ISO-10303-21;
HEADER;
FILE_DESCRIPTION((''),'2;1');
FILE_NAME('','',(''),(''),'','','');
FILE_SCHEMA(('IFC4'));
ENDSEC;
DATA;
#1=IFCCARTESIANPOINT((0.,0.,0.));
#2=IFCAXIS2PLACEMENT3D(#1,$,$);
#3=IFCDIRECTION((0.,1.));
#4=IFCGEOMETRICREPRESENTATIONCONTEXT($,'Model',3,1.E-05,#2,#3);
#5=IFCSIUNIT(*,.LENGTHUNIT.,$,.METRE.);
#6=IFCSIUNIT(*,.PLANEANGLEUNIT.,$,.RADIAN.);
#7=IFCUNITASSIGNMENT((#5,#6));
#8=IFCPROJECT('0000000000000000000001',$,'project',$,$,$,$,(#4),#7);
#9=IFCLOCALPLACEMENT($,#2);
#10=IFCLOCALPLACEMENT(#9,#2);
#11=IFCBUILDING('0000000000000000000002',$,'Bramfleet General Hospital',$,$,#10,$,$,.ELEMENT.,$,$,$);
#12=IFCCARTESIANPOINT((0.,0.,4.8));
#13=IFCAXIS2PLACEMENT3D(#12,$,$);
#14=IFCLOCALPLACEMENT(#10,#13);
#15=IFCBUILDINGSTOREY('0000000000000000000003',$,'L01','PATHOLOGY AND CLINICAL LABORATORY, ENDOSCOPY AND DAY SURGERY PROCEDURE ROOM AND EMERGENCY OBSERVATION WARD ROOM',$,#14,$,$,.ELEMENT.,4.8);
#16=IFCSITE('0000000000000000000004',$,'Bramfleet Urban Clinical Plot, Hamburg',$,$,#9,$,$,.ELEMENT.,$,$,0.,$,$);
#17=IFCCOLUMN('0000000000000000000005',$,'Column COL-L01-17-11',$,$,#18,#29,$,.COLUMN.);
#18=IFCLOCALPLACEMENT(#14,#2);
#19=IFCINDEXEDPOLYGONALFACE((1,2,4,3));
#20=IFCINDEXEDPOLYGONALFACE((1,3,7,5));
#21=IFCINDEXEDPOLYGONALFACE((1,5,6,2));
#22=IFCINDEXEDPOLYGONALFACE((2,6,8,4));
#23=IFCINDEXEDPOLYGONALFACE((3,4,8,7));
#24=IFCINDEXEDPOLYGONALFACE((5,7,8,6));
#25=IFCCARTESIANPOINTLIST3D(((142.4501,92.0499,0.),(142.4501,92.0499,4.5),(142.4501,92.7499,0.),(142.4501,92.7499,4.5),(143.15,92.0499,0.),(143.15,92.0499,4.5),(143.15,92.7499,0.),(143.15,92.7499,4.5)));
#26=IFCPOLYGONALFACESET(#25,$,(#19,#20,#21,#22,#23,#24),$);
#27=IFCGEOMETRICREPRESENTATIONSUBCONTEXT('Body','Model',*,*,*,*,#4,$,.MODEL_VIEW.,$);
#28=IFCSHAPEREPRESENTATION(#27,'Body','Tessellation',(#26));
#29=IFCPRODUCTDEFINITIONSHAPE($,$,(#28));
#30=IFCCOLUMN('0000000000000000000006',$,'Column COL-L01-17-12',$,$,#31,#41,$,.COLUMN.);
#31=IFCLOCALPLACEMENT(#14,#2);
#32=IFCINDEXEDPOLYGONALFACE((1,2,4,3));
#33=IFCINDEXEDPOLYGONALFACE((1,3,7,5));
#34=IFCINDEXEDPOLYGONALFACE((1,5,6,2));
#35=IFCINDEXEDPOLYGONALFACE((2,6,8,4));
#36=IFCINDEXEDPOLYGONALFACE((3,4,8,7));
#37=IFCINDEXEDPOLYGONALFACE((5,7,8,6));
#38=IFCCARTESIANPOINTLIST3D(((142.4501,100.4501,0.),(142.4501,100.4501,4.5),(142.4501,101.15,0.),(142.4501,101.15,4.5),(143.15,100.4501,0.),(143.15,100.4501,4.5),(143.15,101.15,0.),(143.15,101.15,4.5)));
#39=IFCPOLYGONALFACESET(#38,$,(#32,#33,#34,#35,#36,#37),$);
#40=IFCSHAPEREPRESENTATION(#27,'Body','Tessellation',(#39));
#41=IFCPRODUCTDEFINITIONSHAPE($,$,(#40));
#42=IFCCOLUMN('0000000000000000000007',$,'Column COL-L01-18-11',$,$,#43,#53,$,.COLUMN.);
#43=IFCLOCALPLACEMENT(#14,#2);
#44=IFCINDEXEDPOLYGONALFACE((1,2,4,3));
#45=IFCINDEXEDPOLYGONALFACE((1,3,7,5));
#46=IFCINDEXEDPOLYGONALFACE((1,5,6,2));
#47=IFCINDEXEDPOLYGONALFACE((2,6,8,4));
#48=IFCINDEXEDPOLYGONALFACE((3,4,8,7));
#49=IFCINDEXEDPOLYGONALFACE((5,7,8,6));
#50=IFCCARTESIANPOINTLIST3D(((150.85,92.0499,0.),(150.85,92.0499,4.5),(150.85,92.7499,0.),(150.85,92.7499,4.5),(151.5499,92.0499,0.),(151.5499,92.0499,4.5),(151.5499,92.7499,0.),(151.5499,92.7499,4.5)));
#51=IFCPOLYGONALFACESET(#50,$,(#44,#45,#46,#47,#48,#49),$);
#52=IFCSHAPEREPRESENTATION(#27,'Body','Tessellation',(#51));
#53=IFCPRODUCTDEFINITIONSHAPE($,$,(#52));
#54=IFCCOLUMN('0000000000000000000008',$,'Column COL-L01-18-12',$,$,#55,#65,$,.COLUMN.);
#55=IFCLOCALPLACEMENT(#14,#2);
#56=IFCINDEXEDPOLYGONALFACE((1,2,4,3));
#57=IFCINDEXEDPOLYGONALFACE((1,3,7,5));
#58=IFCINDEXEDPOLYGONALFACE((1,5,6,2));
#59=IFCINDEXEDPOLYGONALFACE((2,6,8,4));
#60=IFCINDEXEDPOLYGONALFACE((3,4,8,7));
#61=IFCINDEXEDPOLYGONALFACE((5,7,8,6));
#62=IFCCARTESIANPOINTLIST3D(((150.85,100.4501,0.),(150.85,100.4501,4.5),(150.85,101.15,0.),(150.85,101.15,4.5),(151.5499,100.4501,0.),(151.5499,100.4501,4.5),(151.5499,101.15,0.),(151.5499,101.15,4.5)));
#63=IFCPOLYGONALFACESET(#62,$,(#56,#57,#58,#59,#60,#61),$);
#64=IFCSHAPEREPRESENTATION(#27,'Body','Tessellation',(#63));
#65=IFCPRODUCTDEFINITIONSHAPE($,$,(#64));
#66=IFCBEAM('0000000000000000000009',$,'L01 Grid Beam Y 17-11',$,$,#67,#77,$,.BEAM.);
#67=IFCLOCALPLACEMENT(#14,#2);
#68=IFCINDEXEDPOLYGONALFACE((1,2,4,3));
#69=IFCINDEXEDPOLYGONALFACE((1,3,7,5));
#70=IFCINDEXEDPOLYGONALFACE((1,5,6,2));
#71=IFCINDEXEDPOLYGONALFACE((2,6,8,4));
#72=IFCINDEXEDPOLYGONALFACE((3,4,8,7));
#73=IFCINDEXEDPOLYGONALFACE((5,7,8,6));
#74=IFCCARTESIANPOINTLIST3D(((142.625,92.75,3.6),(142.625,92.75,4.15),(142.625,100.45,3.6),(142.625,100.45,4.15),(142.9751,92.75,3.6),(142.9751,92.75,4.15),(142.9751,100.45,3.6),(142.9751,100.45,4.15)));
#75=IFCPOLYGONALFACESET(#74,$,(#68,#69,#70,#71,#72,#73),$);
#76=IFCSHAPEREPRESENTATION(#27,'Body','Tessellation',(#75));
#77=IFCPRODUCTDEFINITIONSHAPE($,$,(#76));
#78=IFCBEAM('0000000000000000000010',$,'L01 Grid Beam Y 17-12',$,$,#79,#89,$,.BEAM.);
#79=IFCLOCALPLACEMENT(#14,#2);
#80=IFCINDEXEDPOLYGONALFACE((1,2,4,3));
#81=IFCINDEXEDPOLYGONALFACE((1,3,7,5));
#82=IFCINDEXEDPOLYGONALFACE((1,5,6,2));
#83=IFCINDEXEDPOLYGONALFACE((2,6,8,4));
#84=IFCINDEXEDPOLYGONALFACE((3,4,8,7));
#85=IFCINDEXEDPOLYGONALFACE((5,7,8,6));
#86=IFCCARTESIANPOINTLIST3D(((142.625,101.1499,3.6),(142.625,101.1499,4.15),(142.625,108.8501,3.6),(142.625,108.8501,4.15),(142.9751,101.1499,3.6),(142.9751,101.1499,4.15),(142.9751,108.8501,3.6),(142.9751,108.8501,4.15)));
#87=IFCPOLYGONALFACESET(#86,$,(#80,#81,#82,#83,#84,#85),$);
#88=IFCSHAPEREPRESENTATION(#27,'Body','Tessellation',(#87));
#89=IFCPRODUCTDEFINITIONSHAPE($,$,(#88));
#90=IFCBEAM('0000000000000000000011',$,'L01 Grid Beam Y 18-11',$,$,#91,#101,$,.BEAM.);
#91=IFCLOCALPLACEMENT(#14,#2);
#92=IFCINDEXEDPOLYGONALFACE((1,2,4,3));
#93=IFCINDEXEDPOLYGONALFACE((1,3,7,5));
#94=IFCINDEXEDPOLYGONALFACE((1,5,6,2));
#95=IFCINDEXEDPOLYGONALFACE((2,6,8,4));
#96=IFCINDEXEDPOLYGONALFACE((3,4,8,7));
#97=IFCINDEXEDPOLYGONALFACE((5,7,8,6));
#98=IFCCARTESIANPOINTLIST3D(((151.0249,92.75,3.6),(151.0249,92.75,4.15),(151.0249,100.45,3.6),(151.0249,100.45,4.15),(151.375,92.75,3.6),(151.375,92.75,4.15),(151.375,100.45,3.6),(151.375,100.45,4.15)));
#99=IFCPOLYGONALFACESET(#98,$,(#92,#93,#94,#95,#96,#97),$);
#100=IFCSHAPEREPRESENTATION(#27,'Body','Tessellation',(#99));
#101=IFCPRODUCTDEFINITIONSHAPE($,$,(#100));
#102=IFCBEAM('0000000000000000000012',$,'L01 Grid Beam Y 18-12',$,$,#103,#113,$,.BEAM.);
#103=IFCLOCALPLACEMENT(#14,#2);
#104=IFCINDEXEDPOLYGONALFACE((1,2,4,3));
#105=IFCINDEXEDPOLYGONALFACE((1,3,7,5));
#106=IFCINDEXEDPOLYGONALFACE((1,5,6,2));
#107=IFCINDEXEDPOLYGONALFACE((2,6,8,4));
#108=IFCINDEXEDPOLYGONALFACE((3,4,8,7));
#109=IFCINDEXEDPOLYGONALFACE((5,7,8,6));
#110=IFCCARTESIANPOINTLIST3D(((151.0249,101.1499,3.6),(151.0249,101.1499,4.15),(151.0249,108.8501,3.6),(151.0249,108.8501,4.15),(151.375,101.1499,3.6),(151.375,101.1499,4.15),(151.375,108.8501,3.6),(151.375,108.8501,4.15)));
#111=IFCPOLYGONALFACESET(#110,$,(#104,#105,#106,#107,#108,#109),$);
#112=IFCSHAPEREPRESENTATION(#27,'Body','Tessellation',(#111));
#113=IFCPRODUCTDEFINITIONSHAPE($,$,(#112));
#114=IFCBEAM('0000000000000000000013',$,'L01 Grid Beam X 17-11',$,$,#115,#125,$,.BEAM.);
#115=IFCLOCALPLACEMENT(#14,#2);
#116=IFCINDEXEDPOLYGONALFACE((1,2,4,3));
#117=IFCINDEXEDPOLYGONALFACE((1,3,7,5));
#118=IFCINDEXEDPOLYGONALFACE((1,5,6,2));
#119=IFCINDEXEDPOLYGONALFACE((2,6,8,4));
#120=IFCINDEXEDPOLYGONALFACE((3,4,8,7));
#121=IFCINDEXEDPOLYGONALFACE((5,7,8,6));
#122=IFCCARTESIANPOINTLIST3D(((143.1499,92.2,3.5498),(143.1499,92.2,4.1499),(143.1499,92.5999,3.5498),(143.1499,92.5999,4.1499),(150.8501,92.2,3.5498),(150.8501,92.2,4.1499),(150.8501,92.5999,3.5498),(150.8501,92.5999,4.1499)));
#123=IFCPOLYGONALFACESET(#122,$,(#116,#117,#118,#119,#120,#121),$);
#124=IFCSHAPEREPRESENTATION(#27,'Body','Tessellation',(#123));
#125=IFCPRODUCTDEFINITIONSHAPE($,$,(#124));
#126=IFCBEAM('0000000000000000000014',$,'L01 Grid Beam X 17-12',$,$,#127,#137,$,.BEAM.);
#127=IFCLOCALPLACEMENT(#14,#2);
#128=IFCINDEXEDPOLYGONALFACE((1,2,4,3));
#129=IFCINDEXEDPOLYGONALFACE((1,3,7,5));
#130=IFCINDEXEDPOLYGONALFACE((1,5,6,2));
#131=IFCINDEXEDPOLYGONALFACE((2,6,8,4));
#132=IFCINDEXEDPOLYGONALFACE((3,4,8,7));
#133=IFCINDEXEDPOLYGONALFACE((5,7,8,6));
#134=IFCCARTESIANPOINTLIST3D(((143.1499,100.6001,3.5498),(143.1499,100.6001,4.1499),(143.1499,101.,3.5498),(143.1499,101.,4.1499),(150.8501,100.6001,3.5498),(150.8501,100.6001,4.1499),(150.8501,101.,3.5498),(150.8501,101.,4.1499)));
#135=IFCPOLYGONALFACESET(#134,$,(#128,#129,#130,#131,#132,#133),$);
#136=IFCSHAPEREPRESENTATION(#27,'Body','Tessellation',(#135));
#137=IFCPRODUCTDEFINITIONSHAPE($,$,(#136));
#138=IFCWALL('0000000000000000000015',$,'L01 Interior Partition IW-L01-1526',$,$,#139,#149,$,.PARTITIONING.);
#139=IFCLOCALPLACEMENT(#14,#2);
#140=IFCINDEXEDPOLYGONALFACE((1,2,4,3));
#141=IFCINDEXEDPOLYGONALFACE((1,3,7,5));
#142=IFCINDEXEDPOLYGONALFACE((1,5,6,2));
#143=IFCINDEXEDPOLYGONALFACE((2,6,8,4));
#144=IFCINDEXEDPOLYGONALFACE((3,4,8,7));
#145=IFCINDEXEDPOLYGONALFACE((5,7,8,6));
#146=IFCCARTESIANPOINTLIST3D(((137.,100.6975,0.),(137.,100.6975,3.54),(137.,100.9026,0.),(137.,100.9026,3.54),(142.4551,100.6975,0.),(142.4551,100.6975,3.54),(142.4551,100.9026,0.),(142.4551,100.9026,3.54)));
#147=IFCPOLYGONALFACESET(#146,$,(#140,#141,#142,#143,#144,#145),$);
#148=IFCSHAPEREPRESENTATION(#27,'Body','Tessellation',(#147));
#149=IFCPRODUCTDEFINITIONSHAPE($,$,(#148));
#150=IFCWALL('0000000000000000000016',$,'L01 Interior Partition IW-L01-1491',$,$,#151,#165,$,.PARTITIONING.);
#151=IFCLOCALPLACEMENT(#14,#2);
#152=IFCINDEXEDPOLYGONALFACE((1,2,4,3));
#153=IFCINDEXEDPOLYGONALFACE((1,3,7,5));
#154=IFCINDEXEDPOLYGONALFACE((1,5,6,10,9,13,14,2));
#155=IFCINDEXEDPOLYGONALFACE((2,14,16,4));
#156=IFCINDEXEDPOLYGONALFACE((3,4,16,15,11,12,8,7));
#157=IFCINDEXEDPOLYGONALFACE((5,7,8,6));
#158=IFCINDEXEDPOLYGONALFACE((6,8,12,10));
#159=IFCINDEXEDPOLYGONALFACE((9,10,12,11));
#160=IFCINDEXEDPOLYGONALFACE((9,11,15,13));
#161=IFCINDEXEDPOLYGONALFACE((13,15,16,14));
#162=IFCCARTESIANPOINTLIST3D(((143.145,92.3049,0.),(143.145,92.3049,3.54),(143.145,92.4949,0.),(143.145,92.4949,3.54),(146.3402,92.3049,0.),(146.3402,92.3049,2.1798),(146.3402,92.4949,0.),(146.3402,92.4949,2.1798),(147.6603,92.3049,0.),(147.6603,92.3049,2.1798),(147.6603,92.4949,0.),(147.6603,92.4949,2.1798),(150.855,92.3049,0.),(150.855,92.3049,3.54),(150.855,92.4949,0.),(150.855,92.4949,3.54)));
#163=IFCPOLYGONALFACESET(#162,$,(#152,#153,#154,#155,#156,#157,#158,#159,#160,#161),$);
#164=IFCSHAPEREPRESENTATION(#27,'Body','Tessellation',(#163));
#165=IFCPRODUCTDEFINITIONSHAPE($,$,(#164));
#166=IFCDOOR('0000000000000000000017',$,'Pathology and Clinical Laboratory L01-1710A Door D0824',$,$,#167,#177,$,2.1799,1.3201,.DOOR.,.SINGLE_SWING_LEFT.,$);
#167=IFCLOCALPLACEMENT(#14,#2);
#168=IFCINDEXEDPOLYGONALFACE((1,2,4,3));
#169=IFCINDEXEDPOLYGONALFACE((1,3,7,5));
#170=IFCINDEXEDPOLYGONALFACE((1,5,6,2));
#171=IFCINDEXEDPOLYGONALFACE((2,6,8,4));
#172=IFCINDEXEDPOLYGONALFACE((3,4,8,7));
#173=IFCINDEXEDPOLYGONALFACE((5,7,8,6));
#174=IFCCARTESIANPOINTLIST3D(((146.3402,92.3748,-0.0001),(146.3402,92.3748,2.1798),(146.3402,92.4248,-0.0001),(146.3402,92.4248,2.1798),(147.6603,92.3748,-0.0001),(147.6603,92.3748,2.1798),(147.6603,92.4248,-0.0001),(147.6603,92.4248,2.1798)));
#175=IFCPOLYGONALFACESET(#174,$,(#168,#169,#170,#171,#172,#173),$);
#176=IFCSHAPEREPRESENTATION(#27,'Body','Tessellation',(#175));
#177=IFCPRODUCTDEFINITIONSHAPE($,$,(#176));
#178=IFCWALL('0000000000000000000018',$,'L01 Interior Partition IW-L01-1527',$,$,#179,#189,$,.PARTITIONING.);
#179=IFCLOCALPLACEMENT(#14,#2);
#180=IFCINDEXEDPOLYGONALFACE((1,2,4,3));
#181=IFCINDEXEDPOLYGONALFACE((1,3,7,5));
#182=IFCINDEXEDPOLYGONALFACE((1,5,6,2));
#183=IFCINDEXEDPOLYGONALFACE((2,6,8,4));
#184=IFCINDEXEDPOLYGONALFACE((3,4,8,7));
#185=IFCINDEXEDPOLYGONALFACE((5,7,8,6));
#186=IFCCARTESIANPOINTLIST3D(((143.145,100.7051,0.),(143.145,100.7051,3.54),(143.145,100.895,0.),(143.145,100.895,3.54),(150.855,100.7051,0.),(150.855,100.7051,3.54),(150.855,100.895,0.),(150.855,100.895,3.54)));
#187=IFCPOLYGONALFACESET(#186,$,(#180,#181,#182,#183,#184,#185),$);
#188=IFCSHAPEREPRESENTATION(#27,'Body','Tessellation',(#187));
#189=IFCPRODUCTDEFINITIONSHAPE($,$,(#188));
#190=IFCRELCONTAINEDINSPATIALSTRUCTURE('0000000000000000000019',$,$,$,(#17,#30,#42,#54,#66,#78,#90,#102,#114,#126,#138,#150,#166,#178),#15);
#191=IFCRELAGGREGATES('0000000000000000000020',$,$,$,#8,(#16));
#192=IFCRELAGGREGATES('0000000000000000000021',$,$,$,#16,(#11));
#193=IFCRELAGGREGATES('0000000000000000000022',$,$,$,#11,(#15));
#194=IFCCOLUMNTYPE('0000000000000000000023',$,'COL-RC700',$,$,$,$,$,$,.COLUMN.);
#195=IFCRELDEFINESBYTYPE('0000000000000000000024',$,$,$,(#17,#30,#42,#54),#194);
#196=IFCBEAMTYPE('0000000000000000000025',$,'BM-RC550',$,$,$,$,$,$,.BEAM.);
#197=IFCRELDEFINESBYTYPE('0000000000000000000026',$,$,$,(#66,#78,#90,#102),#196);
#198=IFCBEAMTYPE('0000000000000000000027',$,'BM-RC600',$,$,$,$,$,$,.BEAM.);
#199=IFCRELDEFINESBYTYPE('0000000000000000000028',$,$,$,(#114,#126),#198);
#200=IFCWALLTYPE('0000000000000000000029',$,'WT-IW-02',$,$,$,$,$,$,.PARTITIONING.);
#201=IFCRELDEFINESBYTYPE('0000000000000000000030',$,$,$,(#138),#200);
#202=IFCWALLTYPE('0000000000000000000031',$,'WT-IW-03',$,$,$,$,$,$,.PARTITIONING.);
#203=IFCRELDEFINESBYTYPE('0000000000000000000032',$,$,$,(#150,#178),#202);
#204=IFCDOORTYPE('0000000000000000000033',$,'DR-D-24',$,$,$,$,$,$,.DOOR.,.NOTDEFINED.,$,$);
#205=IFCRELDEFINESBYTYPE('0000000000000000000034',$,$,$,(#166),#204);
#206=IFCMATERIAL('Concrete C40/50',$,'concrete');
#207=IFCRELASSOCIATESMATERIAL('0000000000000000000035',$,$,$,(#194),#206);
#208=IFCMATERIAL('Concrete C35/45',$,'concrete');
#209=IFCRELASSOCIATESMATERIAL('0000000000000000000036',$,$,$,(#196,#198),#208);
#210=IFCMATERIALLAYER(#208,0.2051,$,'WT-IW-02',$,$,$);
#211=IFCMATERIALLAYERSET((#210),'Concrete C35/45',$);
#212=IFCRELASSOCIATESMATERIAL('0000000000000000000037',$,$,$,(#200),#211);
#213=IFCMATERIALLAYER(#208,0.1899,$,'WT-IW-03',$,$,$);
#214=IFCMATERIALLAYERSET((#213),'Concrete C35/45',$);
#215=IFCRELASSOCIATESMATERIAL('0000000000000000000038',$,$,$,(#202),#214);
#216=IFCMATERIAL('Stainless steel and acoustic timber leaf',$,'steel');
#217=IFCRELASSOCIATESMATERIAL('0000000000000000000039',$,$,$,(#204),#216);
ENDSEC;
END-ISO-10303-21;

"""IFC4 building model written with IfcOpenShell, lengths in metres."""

from ifc_helpers import new_model, si_unit, direction, frame, frame_2d, origin, origin_2d, place, context, subcontext, project, spatial, rectangle, extrude, material, layer, layer_set, material_profile, profile_set, type_object, element, fill, save


model = new_model("IFC4")

# Units and contexts
model_context = context("Model", 3, precision=1e-05, world=origin(), true_north=direction((0.0, 1.0)))
body_context = subcontext(model_context, "Body", "Model", "MODEL_VIEW")
ifc_project = project(units=[si_unit("LENGTHUNIT", "METRE"), si_unit("PLANEANGLEUNIT", "RADIAN")], contexts=[model_context])

# Site, building, storey
site_placement = place(None, origin())
site = spatial("IfcSite", under=ifc_project, at=site_placement, Name="Bramfleet Urban Clinical Plot, Hamburg", CompositionType="ELEMENT", RefElevation=0.0)
building_placement = place(site_placement, origin())
building = spatial("IfcBuilding", under=site, at=building_placement, Name="Bramfleet General Hospital", CompositionType="ELEMENT")
storey_placement = place(building_placement, frame((0.0, 0.0, 4.8)))
storey = spatial("IfcBuildingStorey", under=building, at=storey_placement, Name="L01", Description="PATHOLOGY AND CLINICAL LABORATORY, ENDOSCOPY AND DAY SURGERY PROCEDURE ROOM AND EMERGENCY OBSERVATION WARD ROOM", CompositionType="ELEMENT", Elevation=4.8)

# Columns
ifc_material_1 = material(Name="Concrete C40/50", Category="concrete")
ifc_material_profile_1 = material_profile(ifc_material_1, rectangle(XDim=0.7, YDim=0.7, at=origin_2d()), Name="RC COL 700x700")
ifc_profile_set_1 = profile_set([ifc_material_profile_1], Name="Concrete C40/50")
column_type = type_object("IfcColumnType", Name="COL-RC700", PredefinedType="COLUMN", material=ifc_profile_set_1)
for number, where, z_axis, x_axis, name in (
    (1, (142.8, 92.3999, 0.0), (0.0, 0.0, 1.0), (1.0, 0.0, 0.0), "Column COL-L01-17-11"),
    (2, (142.8, 100.8, 0.0), (0.0, 0.0, 1.0), (1.0, 0.0, 0.0), "Column COL-L01-17-12"),
    (3, (151.2, 92.3999, 0.0), (0.0, 0.0, 1.0), (1.0, 0.0, 0.0), "Column COL-L01-18-11"),
    (4, (151.2, 100.8, 0.0), (0.0, 0.0, 1.0), (1.0, 0.0, 0.0), "Column COL-L01-18-12"),
):
    element("IfcColumn", number, at=place(storey_placement, frame(where, z_axis=z_axis, x_axis=x_axis)), inside=storey, type_object=column_type, Name=name, PredefinedType="COLUMN", context=body_context, shape_type="SweptSolid", body=[
        extrude(rectangle(XDim=0.7, YDim=0.7, at=origin_2d()), origin(), (0.0, 0.0, 1.0), 4.5),
    ])

# Beams
ifc_material_2 = material(Name="Concrete C35/45", Category="concrete")
ifc_material_profile_2 = material_profile(ifc_material_2, rectangle(XDim=0.3501, YDim=0.55, at=origin_2d()), Name="RC BM 550x350")
ifc_profile_set_2 = profile_set([ifc_material_profile_2], Name="Concrete C35/45")
beam_type_1 = type_object("IfcBeamType", Name="BM-RC550", PredefinedType="BEAM", material=ifc_profile_set_2)
beam_1_placement = place(storey_placement, frame((142.8, 92.75, 3.875), z_axis=(0.0, 1.0, 0.0), x_axis=(-1.0, 0.0, 0.0)))
element("IfcBeam", 5, at=beam_1_placement, inside=storey, type_object=beam_type_1, Name="L01 Grid Beam Y 17-11", PredefinedType="BEAM", context=body_context, shape_type="SweptSolid", body=[
    extrude(rectangle(XDim=0.3501, YDim=0.55, at=origin_2d()), origin(), (0.0, 0.0, 1.0), 7.7),
])
beam_2_placement = place(storey_placement, frame((142.8, 101.1499, 3.875), z_axis=(0.0, 1.0, 0.0), x_axis=(-1.0, 0.0, 0.0)))
element("IfcBeam", 6, at=beam_2_placement, inside=storey, type_object=beam_type_1, Name="L01 Grid Beam Y 17-12", PredefinedType="BEAM", context=body_context, shape_type="SweptSolid", body=[
    extrude(rectangle(XDim=0.3501, YDim=0.55, at=origin_2d()), origin(), (0.0, 0.0, 1.0), 7.7002),
])
beam_3_placement = place(storey_placement, frame((151.2, 92.75, 3.875), z_axis=(0.0, 1.0, 0.0), x_axis=(-1.0, 0.0, 0.0)))
element("IfcBeam", 7, at=beam_3_placement, inside=storey, type_object=beam_type_1, Name="L01 Grid Beam Y 18-11", PredefinedType="BEAM", context=body_context, shape_type="SweptSolid", body=[
    extrude(rectangle(XDim=0.3501, YDim=0.55, at=origin_2d()), origin(), (0.0, 0.0, 1.0), 7.7),
])
beam_4_placement = place(storey_placement, frame((151.2, 101.1499, 3.875), z_axis=(0.0, 1.0, 0.0), x_axis=(-1.0, 0.0, 0.0)))
element("IfcBeam", 8, at=beam_4_placement, inside=storey, type_object=beam_type_1, Name="L01 Grid Beam Y 18-12", PredefinedType="BEAM", context=body_context, shape_type="SweptSolid", body=[
    extrude(rectangle(XDim=0.3501, YDim=0.55, at=origin_2d()), origin(), (0.0, 0.0, 1.0), 7.7002),
])
ifc_material_profile_3 = material_profile(ifc_material_2, rectangle(XDim=0.3999, YDim=0.6001, at=origin_2d()), Name="RC BM 600x400")
ifc_profile_set_3 = profile_set([ifc_material_profile_3], Name="Concrete C35/45")
beam_type_2 = type_object("IfcBeamType", Name="BM-RC600", PredefinedType="BEAM", material=ifc_profile_set_3)
for number, where, z_axis, x_axis, name in (
    (9, (143.1499, 92.3999, 3.8499), (1.0, 0.0, 0.0), (0.0, 1.0, 0.0), "L01 Grid Beam X 17-11"),
    (10, (143.1499, 100.8, 3.8499), (1.0, 0.0, 0.0), (0.0, 1.0, 0.0), "L01 Grid Beam X 17-12"),
):
    element("IfcBeam", number, at=place(storey_placement, frame(where, z_axis=z_axis, x_axis=x_axis)), inside=storey, type_object=beam_type_2, Name=name, PredefinedType="BEAM", context=body_context, shape_type="SweptSolid", body=[
        extrude(rectangle(XDim=0.3999, YDim=0.6001, at=origin_2d()), origin(), (0.0, 0.0, 1.0), 7.7002),
    ])

# Wall
ifc_layer_1 = layer(ifc_material_2, 0.2051, Name="WT-IW-02")
ifc_layer_set_1 = layer_set([ifc_layer_1], Name="Concrete C35/45")
wall_type_1 = type_object("IfcWallType", Name="WT-IW-02", PredefinedType="PARTITIONING", material=ifc_layer_set_1)
wall_1_placement = place(storey_placement, frame((137.0, 100.8, 0.0), z_axis=(0.0, 0.0, 1.0), x_axis=(1.0, 0.0, 0.0)))
element("IfcWall", 11, at=wall_1_placement, inside=storey, type_object=wall_type_1, Name="L01 Interior Partition IW-L01-1526", PredefinedType="PARTITIONING", context=body_context, shape_type="SweptSolid", body=[
    extrude(rectangle(XDim=5.4551, YDim=0.2051, at=frame_2d((2.7275, 0.0))), origin(), (0.0, 0.0, 1.0), 3.54),
])

# Wall, opening, door
ifc_layer_2 = layer(ifc_material_2, 0.1899, Name="WT-IW-03")
ifc_layer_set_2 = layer_set([ifc_layer_2], Name="Concrete C35/45")
wall_type_2 = type_object("IfcWallType", Name="WT-IW-03", PredefinedType="PARTITIONING", material=ifc_layer_set_2)
wall_2_placement = place(storey_placement, frame((143.145, 92.3999, 0.0), z_axis=(0.0, 0.0, 1.0), x_axis=(1.0, 0.0, 0.0)))
wall_2 = element("IfcWall", 12, at=wall_2_placement, inside=storey, type_object=wall_type_2, Name="L01 Interior Partition IW-L01-1491", PredefinedType="PARTITIONING", context=body_context, shape_type="SweptSolid", body=[
    extrude(rectangle(XDim=7.71, YDim=0.1899, at=frame_2d((3.855, 0.0))), origin(), (0.0, 0.0, 1.0), 3.54),
])
opening_1_placement = place(wall_2_placement, frame((3.1951, 0.0, 0.0)))
opening_1 = element("IfcOpeningElement", 13, at=opening_1_placement, cuts=wall_2, PredefinedType="OPENING", context=body_context, shape_type="SweptSolid", body=[
    extrude(rectangle(XDim=1.3201, YDim=2.1799, at=frame_2d((0.6602, 1.0898))), frame((0.0, 0.105, 0.0), z_axis=(0.0, -1.0, 0.0), x_axis=(1.0, 0.0, 0.0)), (0.0, 0.0, 1.0), 0.21),
])
ifc_material_3 = material(Name="Stainless steel and acoustic timber leaf", Category="steel")
door_type_1 = type_object("IfcDoorType", Name="DR-D-24", OperationType="NOTDEFINED", PredefinedType="DOOR", material=ifc_material_3)
door_1_placement = place(opening_1_placement, origin())
door_1 = element("IfcDoor", 14, at=door_1_placement, inside=storey, type_object=door_type_1, Name="Pathology and Clinical Laboratory L01-1710A Door D0824", OperationType="SINGLE_SWING_LEFT", OverallHeight=2.1799, OverallWidth=1.3201, PredefinedType="DOOR", context=body_context, shape_type="SweptSolid", body=[
    extrude(rectangle(XDim=1.3201, YDim=2.1799, at=frame_2d((0.6602, 1.0898))), frame((0.0, 0.0249, 0.0), z_axis=(0.0, -1.0, 0.0), x_axis=(1.0, 0.0, 0.0)), (0.0, 0.0, 1.0), 0.05),
])
fill(opening_1, door_1)

# Wall
wall_3_placement = place(storey_placement, frame((143.145, 100.8, 0.0), z_axis=(0.0, 0.0, 1.0), x_axis=(1.0, 0.0, 0.0)))
element("IfcWall", 15, at=wall_3_placement, inside=storey, type_object=wall_type_2, Name="L01 Interior Partition IW-L01-1527", PredefinedType="PARTITIONING", context=body_context, shape_type="SweptSolid", body=[
    extrude(rectangle(XDim=7.71, YDim=0.1899, at=frame_2d((3.855, 0.0))), origin(), (0.0, 0.0, 1.0), 3.54),
])

save(model, "model.ifc")
